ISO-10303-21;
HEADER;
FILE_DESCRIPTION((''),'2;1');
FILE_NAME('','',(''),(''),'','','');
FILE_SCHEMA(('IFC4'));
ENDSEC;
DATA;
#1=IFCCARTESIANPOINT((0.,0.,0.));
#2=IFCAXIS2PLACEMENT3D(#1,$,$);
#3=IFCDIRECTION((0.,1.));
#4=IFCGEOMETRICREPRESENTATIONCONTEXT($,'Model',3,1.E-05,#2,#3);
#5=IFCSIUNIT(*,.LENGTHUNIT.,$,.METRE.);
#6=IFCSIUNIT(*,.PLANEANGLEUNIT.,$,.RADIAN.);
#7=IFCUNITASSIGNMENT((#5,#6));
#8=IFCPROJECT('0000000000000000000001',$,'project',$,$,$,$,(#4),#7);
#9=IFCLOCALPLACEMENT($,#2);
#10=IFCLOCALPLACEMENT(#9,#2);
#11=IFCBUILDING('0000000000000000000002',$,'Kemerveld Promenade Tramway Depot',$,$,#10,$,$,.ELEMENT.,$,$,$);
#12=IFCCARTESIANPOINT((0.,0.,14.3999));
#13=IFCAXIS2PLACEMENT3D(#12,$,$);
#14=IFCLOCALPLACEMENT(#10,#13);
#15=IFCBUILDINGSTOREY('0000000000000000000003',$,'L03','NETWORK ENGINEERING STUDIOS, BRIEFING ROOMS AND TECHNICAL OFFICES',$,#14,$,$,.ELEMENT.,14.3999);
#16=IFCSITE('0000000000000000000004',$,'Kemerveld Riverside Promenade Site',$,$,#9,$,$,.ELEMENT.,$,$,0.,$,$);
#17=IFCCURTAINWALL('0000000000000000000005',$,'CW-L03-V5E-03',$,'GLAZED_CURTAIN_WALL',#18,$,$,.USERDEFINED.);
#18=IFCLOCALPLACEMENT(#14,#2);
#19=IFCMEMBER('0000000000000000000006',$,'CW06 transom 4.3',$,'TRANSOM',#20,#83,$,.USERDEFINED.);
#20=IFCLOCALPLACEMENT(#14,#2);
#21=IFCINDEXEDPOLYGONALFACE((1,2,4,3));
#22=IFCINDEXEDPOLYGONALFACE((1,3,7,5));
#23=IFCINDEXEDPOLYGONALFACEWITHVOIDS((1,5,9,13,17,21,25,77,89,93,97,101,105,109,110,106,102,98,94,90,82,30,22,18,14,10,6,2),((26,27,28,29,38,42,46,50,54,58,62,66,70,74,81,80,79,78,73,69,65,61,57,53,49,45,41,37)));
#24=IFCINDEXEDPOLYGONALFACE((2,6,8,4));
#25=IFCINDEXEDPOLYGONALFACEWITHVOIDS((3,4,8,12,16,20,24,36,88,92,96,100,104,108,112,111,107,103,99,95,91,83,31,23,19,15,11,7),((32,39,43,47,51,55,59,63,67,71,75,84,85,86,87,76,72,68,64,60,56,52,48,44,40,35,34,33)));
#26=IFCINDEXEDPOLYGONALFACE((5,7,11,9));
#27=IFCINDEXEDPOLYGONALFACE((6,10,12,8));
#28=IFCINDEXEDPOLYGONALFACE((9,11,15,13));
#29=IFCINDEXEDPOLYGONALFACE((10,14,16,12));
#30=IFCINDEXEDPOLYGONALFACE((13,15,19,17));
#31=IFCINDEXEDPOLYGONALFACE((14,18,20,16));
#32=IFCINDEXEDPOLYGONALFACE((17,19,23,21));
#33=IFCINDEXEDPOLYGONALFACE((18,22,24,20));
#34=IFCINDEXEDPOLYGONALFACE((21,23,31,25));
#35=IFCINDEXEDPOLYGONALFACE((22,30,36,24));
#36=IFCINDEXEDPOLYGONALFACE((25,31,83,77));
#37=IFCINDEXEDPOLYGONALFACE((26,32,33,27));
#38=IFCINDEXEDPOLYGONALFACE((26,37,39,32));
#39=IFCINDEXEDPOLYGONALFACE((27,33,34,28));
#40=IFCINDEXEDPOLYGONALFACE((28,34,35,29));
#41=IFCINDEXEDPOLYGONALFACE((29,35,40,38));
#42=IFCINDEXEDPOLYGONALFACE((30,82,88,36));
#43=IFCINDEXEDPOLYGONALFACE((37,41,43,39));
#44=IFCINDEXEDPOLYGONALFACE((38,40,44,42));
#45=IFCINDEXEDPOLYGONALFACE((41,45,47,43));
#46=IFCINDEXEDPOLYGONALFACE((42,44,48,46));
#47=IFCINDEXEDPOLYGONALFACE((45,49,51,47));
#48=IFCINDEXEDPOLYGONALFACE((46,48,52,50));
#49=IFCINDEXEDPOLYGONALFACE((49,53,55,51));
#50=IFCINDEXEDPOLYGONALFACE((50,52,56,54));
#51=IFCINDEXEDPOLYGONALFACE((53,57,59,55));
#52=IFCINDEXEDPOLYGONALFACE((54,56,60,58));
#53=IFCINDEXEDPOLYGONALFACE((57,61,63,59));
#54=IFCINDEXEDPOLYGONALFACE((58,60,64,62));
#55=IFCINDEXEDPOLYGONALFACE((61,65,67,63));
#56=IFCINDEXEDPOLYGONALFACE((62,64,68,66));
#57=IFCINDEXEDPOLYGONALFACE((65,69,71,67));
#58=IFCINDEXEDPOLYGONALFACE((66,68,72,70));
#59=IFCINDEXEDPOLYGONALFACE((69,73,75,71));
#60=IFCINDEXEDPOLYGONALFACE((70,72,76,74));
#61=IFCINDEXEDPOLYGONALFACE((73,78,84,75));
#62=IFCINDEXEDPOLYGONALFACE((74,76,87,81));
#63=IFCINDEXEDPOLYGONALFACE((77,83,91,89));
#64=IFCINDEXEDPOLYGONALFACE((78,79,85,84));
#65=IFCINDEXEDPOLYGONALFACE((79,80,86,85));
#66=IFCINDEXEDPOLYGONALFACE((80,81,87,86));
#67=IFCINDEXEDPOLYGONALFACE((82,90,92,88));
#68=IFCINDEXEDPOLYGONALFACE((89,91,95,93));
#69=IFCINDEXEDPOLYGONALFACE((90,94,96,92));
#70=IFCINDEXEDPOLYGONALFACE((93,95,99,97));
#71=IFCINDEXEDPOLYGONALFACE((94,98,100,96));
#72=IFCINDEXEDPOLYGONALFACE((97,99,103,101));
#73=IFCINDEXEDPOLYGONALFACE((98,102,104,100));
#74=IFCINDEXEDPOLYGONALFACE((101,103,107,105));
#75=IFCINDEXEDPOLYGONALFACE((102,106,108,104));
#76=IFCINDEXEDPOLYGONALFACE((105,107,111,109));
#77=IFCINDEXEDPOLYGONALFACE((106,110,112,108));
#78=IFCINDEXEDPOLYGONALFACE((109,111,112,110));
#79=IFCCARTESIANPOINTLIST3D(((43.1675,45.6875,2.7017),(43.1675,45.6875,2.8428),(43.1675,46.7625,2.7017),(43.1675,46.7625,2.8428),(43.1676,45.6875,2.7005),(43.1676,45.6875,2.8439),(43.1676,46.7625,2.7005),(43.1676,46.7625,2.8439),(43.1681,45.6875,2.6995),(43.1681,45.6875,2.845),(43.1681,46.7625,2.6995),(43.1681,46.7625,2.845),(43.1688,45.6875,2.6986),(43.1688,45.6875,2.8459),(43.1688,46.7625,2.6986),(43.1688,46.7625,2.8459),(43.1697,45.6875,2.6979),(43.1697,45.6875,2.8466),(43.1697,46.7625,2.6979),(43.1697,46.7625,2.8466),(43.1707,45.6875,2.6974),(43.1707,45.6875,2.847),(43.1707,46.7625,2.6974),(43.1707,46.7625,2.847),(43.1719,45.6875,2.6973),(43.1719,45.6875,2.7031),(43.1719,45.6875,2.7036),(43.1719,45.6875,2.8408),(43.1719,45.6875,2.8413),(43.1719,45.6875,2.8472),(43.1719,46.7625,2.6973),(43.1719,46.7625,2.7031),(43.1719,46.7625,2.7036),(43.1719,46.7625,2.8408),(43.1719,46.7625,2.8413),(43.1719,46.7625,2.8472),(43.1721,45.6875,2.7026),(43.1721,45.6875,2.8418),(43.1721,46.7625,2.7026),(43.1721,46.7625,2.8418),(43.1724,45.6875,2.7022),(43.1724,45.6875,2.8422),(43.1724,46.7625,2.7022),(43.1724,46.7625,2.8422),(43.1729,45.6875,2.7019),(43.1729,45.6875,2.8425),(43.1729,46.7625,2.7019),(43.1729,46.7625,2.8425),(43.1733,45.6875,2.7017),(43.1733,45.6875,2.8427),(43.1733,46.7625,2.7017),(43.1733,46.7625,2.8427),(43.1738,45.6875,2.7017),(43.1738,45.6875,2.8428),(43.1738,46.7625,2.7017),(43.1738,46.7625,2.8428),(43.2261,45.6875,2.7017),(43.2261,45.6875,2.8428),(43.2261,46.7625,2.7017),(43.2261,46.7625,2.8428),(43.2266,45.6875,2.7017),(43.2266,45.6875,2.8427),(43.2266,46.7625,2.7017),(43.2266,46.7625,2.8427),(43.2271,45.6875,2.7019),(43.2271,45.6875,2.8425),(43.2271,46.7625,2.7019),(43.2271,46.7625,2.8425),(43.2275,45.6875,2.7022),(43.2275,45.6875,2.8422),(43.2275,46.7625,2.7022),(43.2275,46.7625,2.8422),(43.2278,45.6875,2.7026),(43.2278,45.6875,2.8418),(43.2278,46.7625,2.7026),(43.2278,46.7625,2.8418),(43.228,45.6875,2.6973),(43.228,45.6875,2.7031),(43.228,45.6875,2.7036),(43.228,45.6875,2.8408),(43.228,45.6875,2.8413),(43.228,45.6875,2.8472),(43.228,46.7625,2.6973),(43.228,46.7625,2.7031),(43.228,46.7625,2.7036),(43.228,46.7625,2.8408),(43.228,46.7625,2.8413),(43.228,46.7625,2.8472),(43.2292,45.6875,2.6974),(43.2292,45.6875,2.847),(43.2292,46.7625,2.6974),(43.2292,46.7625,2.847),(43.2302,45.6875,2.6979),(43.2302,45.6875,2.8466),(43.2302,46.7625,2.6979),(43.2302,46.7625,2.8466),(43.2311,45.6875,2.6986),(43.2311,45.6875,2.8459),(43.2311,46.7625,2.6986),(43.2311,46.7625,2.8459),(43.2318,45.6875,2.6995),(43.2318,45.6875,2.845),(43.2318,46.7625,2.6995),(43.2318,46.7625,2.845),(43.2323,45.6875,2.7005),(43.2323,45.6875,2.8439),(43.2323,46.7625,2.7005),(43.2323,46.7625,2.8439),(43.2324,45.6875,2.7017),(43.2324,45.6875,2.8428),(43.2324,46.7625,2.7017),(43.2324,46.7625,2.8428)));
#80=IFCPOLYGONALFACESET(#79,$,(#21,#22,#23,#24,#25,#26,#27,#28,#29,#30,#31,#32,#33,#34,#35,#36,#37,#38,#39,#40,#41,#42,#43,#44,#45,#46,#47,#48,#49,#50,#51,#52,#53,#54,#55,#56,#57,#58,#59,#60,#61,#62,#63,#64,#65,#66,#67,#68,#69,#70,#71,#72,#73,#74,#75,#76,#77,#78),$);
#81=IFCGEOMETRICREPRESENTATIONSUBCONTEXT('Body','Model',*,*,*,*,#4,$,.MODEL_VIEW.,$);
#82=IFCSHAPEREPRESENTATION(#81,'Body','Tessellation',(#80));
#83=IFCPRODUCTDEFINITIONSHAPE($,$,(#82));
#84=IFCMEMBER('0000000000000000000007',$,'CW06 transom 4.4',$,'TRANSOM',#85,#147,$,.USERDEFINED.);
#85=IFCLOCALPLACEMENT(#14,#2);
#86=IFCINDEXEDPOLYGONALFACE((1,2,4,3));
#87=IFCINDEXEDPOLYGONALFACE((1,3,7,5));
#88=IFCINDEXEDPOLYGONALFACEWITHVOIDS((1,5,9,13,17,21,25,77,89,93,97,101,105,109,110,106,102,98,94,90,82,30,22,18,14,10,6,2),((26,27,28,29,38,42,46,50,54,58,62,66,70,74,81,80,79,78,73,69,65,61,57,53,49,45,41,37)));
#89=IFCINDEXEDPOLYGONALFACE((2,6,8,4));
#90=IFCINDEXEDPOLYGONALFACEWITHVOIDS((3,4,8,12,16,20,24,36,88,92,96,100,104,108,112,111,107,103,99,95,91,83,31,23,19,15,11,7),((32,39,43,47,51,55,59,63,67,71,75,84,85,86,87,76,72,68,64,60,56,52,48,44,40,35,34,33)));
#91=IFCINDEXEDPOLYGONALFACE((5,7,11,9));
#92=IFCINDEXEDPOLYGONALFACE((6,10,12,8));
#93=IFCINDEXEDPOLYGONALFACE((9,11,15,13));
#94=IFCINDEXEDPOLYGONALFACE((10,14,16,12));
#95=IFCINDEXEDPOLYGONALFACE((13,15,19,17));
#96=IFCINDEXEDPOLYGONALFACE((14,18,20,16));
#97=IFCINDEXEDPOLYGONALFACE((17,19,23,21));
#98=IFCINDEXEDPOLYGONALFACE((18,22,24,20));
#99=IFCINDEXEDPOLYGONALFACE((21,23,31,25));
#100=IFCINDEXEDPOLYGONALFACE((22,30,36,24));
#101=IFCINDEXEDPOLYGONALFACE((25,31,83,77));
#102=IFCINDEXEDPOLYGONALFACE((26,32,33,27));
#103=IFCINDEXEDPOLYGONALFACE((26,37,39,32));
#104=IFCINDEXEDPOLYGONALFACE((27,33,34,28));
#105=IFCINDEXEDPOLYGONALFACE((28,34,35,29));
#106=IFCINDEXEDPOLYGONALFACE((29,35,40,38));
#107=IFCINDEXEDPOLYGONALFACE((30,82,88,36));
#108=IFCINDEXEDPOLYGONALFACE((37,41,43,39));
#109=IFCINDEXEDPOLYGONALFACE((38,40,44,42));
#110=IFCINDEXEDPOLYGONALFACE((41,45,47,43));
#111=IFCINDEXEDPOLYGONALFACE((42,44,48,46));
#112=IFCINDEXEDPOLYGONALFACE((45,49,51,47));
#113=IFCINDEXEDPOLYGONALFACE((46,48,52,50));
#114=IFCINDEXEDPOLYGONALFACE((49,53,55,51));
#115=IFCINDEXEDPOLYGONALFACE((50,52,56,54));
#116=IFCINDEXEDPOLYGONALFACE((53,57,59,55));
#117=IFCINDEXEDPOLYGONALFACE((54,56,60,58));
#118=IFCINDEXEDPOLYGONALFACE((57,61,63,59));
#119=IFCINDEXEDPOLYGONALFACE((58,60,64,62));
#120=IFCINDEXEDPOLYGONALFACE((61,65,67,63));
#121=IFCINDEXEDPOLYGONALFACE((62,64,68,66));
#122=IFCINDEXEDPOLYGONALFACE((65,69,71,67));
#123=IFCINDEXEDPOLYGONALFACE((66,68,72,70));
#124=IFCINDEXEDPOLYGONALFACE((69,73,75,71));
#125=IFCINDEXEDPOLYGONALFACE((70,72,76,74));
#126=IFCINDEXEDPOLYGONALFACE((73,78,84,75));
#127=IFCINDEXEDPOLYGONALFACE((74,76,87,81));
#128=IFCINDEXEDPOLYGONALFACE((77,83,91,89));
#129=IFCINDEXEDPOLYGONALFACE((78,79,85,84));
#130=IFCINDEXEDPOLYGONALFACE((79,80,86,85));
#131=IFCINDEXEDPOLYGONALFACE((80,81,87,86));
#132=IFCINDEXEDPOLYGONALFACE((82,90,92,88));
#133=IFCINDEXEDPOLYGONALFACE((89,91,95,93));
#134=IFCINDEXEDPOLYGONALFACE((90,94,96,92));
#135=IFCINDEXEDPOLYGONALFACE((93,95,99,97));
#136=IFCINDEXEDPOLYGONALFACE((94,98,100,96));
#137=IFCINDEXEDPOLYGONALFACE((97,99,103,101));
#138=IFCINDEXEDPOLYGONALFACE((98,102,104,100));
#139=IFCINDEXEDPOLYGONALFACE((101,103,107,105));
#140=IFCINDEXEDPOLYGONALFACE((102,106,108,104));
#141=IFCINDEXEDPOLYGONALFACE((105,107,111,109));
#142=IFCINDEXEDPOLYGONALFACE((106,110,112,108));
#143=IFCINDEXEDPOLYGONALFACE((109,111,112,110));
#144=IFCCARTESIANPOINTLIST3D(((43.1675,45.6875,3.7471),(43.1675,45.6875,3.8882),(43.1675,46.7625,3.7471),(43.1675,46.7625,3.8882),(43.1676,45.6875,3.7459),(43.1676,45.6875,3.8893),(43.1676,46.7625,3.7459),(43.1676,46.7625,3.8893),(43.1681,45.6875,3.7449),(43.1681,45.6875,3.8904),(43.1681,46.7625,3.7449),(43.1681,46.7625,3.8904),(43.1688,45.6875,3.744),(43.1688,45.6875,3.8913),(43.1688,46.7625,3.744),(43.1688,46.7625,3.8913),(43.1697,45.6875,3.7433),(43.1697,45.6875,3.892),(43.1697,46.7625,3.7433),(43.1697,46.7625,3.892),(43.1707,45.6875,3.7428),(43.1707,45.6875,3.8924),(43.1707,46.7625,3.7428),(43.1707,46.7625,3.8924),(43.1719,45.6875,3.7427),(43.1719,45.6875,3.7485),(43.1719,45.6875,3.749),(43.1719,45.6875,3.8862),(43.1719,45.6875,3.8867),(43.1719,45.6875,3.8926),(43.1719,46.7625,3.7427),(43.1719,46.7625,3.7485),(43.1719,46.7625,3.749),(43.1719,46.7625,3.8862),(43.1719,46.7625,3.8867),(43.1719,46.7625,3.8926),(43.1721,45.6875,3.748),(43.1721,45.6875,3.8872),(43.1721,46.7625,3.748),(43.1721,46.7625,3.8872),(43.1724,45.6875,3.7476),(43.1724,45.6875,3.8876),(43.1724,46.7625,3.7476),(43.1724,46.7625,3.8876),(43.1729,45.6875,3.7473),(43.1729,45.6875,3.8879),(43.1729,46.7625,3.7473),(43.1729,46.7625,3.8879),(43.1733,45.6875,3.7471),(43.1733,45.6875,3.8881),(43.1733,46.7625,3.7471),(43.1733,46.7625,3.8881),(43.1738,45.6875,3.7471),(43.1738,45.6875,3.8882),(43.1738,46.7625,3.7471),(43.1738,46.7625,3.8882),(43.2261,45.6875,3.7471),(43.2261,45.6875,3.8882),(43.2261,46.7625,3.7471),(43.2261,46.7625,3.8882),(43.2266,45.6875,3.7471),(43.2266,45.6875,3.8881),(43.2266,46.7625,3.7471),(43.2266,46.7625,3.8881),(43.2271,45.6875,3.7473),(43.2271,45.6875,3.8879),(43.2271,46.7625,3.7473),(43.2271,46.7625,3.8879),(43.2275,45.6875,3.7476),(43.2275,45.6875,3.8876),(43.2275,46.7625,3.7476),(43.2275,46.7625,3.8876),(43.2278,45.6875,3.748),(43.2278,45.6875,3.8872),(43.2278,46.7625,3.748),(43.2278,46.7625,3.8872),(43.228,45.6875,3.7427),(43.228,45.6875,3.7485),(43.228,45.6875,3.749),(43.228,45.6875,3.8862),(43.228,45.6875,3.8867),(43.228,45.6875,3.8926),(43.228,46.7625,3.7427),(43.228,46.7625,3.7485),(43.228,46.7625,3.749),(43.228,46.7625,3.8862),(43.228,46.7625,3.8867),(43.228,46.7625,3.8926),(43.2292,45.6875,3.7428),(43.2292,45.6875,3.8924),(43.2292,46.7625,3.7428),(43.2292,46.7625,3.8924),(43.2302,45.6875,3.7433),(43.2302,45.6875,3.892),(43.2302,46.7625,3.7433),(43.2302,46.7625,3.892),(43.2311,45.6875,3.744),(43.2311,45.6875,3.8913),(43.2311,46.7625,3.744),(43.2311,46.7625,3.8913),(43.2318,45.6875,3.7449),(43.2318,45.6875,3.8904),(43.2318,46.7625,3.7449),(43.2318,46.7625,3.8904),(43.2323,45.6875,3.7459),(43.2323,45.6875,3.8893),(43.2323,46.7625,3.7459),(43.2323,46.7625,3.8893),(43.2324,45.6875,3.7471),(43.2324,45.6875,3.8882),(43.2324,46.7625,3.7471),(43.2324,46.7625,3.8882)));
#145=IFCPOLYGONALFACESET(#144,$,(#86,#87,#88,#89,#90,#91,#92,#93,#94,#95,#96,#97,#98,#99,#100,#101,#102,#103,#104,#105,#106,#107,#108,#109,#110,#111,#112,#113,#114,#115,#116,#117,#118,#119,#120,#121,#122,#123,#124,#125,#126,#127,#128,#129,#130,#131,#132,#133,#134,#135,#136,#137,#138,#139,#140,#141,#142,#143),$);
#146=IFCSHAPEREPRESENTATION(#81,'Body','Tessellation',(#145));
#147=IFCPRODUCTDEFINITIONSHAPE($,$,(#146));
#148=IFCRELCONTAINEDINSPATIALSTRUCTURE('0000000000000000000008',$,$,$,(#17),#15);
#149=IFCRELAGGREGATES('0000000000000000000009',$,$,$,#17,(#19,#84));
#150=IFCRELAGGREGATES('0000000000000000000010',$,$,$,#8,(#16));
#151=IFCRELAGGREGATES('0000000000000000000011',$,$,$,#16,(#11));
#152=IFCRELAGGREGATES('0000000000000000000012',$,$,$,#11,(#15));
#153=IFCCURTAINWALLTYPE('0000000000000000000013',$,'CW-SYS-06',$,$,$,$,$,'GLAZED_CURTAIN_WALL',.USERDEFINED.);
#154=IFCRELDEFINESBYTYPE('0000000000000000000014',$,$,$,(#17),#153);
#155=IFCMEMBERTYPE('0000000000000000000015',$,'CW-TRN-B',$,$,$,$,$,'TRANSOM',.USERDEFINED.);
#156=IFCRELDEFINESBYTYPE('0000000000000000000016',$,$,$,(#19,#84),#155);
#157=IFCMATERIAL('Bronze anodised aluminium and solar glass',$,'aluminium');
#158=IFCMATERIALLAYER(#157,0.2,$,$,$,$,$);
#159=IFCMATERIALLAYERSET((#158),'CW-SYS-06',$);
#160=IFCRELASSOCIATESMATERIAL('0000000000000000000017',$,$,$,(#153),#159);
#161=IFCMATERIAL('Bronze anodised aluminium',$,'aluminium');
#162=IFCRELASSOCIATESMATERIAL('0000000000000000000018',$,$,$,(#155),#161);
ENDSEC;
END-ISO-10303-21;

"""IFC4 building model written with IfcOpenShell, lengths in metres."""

from ifc_helpers import new_model, si_unit, direction, frame, origin, origin_2d, place, context, subcontext, project, spatial, hollow_rectangle, extrude, material, layer, layer_set, material_profile, profile_set, type_object, element, aggregate, save


model = new_model("IFC4")

# Units and contexts
model_context = context("Model", 3, precision=1e-05, world=origin(), true_north=direction((0.0, 1.0)))
body_context = subcontext(model_context, "Body", "Model", "MODEL_VIEW")
ifc_project = project(units=[si_unit("LENGTHUNIT", "METRE"), si_unit("PLANEANGLEUNIT", "RADIAN")], contexts=[model_context])

# Site, building, storey
site_placement = place(None, origin())
site = spatial("IfcSite", under=ifc_project, at=site_placement, Name="Kemerveld Riverside Promenade Site", CompositionType="ELEMENT", RefElevation=0.0)
building_placement = place(site_placement, origin())
building = spatial("IfcBuilding", under=site, at=building_placement, Name="Kemerveld Promenade Tramway Depot", CompositionType="ELEMENT")
storey_placement = place(building_placement, frame((0.0, 0.0, 14.3999)))
storey = spatial("IfcBuildingStorey", under=building, at=storey_placement, Name="L03", Description="NETWORK ENGINEERING STUDIOS, BRIEFING ROOMS AND TECHNICAL OFFICES", CompositionType="ELEMENT", Elevation=14.3999)

# Curtain wall, members
ifc_material_1 = material(Name="Bronze anodised aluminium and solar glass", Category="aluminium")
ifc_layer_1 = layer(ifc_material_1, 0.2)
ifc_layer_set_1 = layer_set([ifc_layer_1], Name="CW-SYS-06")
curtain_wall_type = type_object("IfcCurtainWallType", Name="CW-SYS-06", ElementType="GLAZED_CURTAIN_WALL", PredefinedType="USERDEFINED", material=ifc_layer_set_1)
curtain_wall_placement = place(storey_placement, origin())
curtain_wall = element("IfcCurtainWall", 1, at=curtain_wall_placement, inside=storey, type_object=curtain_wall_type, Name="CW-L03-V5E-03", ObjectType="GLAZED_CURTAIN_WALL", PredefinedType="USERDEFINED")
ifc_material_2 = material(Name="Bronze anodised aluminium", Category="aluminium")
ifc_material_profile_1 = material_profile(ifc_material_2, hollow_rectangle(XDim=0.0649, YDim=0.1499, WallThickness=0.0044, InnerFilletRadius=0.002, OuterFilletRadius=0.0044, at=origin_2d()), Name="CW-TRN-150x65")
ifc_profile_set_1 = profile_set([ifc_material_profile_1], Name="Bronze anodised aluminium")
member_type_1 = type_object("IfcMemberType", Name="CW-TRN-B", ElementType="TRANSOM", PredefinedType="USERDEFINED", material=ifc_profile_set_1)
member_1_placement = place(storey_placement, frame((43.2, 46.7625, 2.7722), z_axis=(0.0, -1.0, 0.0), x_axis=(1.0, 0.0, 0.0)))
member_1 = element("IfcMember", 2, at=member_1_placement, type_object=member_type_1, Name="CW06 transom 4.3", ObjectType="TRANSOM", PredefinedType="USERDEFINED", context=body_context, shape_type="SweptSolid", body=[
    extrude(hollow_rectangle(XDim=0.0649, YDim=0.1499, WallThickness=0.0044, InnerFilletRadius=0.002, OuterFilletRadius=0.0044, at=origin_2d()), origin(), (0.0, 0.0, 1.0), 1.075),
])
member_2_placement = place(storey_placement, frame((43.2, 46.7625, 3.8176), z_axis=(0.0, -1.0, 0.0), x_axis=(1.0, 0.0, 0.0)))
member_2 = element("IfcMember", 3, at=member_2_placement, type_object=member_type_1, Name="CW06 transom 4.4", ObjectType="TRANSOM", PredefinedType="USERDEFINED", context=body_context, shape_type="SweptSolid", body=[
    extrude(hollow_rectangle(XDim=0.0649, YDim=0.1499, WallThickness=0.0044, InnerFilletRadius=0.002, OuterFilletRadius=0.0044, at=origin_2d()), origin(), (0.0, 0.0, 1.0), 1.075),
])
aggregate(curtain_wall, [member_1, member_2])

save(model, "model.ifc")
